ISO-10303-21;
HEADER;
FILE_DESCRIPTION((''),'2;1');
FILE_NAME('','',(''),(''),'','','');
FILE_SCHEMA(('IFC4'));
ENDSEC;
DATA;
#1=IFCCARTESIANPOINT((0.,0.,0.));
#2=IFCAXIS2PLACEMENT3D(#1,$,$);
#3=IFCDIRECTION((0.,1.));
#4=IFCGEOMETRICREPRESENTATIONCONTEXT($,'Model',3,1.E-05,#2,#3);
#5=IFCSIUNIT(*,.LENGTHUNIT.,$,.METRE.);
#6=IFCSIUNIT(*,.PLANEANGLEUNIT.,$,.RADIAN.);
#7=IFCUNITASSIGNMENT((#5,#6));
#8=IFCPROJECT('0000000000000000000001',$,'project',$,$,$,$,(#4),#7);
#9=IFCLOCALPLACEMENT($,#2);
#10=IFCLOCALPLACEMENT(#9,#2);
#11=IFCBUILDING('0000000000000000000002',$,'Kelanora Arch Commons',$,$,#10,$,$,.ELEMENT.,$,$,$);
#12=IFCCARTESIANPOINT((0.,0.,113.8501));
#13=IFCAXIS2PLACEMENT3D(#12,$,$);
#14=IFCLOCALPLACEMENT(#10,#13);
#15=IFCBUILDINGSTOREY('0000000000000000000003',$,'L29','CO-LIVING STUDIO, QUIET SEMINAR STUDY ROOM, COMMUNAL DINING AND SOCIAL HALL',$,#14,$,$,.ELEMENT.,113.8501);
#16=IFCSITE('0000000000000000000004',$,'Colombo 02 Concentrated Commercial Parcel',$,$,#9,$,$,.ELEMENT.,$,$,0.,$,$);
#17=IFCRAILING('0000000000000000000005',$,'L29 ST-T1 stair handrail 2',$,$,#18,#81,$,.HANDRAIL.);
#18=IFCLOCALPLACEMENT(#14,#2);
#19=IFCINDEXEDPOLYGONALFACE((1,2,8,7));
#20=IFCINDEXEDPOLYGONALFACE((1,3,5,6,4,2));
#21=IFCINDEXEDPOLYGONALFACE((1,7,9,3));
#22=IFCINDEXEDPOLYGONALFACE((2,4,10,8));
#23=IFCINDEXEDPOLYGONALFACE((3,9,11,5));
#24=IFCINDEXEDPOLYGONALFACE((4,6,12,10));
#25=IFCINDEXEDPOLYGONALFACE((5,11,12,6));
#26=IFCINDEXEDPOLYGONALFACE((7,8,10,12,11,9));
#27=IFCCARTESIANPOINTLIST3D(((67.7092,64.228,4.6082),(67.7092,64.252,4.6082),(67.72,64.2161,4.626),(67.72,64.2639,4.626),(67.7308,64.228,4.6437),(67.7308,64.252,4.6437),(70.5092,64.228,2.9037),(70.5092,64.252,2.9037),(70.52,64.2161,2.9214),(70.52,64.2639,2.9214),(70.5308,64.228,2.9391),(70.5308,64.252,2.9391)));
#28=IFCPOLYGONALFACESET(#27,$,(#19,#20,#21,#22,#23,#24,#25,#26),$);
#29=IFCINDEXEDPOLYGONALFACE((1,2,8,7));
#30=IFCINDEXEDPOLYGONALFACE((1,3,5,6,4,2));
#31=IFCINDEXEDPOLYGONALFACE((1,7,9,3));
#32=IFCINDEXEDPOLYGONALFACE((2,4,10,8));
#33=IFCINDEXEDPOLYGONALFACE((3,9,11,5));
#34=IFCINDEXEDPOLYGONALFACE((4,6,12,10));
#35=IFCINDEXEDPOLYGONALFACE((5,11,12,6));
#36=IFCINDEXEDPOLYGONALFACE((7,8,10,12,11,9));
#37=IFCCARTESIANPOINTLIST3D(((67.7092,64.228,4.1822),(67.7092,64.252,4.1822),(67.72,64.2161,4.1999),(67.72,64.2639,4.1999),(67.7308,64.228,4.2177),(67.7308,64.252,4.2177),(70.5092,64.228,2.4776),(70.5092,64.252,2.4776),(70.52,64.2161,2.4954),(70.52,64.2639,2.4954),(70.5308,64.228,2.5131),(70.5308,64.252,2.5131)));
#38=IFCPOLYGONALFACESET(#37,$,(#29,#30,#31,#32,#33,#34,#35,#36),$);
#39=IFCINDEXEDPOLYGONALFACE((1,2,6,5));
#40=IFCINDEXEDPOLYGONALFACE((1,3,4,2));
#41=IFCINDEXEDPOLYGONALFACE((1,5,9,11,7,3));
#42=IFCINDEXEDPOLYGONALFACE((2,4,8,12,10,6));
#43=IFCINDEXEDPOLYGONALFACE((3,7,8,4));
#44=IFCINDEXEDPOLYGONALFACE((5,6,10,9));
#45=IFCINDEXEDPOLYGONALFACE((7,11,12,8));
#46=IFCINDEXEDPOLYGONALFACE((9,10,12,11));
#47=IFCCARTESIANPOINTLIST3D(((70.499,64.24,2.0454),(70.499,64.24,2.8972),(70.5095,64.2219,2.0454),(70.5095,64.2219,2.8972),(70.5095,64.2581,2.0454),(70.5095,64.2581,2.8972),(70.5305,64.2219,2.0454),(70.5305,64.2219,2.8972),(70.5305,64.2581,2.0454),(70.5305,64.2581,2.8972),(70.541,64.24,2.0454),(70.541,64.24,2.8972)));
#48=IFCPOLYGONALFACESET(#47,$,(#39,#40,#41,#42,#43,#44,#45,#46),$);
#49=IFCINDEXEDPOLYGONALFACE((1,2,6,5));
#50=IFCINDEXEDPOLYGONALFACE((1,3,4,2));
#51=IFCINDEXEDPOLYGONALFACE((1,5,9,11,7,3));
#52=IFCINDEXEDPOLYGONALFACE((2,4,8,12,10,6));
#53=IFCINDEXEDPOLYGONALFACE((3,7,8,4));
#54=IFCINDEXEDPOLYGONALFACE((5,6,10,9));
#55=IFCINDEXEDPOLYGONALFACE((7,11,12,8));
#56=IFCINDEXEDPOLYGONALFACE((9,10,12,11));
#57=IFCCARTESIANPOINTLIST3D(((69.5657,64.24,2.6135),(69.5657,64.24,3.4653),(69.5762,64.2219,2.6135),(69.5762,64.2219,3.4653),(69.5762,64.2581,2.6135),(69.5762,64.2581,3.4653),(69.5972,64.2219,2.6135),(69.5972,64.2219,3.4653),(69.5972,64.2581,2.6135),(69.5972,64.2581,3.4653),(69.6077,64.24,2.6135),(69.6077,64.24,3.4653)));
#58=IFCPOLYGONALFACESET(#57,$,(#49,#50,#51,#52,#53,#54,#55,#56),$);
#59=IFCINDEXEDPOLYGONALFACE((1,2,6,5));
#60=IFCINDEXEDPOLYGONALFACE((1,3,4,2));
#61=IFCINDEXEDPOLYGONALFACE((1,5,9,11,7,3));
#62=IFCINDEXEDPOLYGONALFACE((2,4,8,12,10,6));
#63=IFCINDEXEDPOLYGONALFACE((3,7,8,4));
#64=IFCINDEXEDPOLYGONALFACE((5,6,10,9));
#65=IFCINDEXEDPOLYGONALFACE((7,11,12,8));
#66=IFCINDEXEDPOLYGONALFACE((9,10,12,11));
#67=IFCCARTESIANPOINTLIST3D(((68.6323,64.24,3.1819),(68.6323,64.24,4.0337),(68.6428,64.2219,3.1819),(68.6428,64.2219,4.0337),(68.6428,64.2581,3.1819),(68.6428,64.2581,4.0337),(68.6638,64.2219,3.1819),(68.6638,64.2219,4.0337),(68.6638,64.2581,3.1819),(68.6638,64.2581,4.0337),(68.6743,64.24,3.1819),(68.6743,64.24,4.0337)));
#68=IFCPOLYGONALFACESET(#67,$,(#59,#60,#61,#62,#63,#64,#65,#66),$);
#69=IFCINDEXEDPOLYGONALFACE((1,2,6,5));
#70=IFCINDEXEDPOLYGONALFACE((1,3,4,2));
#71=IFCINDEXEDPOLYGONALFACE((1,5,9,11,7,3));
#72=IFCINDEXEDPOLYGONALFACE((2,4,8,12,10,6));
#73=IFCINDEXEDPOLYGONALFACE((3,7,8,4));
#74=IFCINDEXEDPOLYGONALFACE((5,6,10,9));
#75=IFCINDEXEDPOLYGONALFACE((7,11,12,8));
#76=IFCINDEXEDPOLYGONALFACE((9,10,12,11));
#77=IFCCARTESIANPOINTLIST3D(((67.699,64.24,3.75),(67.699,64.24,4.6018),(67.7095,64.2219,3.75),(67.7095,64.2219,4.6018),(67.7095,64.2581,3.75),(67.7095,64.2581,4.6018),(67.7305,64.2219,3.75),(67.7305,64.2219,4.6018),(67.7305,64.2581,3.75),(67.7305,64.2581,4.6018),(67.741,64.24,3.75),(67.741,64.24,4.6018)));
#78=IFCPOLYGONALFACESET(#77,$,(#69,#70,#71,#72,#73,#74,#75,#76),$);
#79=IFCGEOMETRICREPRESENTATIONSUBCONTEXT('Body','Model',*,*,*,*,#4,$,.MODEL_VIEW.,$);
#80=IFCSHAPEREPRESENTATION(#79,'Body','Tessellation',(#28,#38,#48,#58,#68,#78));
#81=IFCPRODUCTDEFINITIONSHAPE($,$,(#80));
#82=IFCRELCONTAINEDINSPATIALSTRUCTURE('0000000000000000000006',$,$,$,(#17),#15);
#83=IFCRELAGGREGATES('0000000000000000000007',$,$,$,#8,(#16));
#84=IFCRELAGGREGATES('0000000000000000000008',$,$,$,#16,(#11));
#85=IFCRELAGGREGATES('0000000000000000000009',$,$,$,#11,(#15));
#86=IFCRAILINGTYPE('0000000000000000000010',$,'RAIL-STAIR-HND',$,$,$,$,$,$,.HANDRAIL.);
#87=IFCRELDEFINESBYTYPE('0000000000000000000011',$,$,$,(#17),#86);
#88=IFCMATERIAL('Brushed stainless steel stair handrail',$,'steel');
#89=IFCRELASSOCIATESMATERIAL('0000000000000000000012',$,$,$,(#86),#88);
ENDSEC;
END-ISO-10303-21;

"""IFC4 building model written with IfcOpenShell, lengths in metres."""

from ifc_helpers import new_model, si_unit, direction, frame, origin, place, context, subcontext, project, spatial, polyline, outline, extrude, material, type_object, element, save


model = new_model("IFC4")

# Units and contexts
model_context = context("Model", 3, precision=1e-05, world=origin(), true_north=direction((0.0, 1.0)))
body_context = subcontext(model_context, "Body", "Model", "MODEL_VIEW")
ifc_project = project(units=[si_unit("LENGTHUNIT", "METRE"), si_unit("PLANEANGLEUNIT", "RADIAN")], contexts=[model_context])

# Site, building, storey
site_placement = place(None, origin())
site = spatial("IfcSite", under=ifc_project, at=site_placement, Name="Colombo 02 Concentrated Commercial Parcel", CompositionType="ELEMENT", RefElevation=0.0)
building_placement = place(site_placement, origin())
building = spatial("IfcBuilding", under=site, at=building_placement, Name="Kelanora Arch Commons", CompositionType="ELEMENT")
storey_placement = place(building_placement, frame((0.0, 0.0, 113.8501)))
storey = spatial("IfcBuildingStorey", under=building, at=storey_placement, Name="L29", Description="CO-LIVING STUDIO, QUIET SEMINAR STUDY ROOM, COMMUNAL DINING AND SOCIAL HALL", CompositionType="ELEMENT", Elevation=113.8501)

# Railing
ifc_material_1 = material(Name="Brushed stainless steel stair handrail", Category="steel")
railing_type_1 = type_object("IfcRailingType", Name="RAIL-STAIR-HND", PredefinedType="HANDRAIL", material=ifc_material_1)
railing_1_placement = place(storey_placement, frame((70.52, 64.24, 2.0454)))
element("IfcRailing", 1, at=railing_1_placement, inside=storey, type_object=railing_type_1, Name="L29 ST-T1 stair handrail 2", PredefinedType="HANDRAIL", context=body_context, shape_type="SweptSolid", body=[
    extrude(outline(polyline([(0.0239, 0.0), (0.012, 0.0208), (-0.012, 0.0208), (-0.0239, 0.0), (-0.012, -0.0208), (0.012, -0.0208), (0.0239, 0.0)])), frame((0.0, 0.0, 0.876), z_axis=(-0.85417, 0.0, 0.519994), x_axis=(0.0, -1.0, 0.0)), (0.0, 0.0, 1.0), 3.2781),
    extrude(outline(polyline([(0.0239, 0.0), (0.012, 0.0208), (-0.012, 0.0208), (-0.0239, 0.0), (-0.012, -0.0208), (0.012, -0.0208), (0.0239, 0.0)])), frame((0.0, 0.0, 0.45), z_axis=(-0.85417, 0.0, 0.519994), x_axis=(0.0, -1.0, 0.0)), (0.0, 0.0, 1.0), 3.2781),
    extrude(outline(polyline([(0.021, 0.0), (0.0105, 0.0181), (-0.0105, 0.0181), (-0.021, 0.0), (-0.0105, -0.0181), (0.0105, -0.0181), (0.021, 0.0)])), origin(), (0.0, 0.0, 1.0), 0.8518),
    extrude(outline(polyline([(0.021, 0.0), (0.0105, 0.0181), (-0.0105, 0.0181), (-0.021, 0.0), (-0.0105, -0.0181), (0.0105, -0.0181), (0.021, 0.0)])), frame((-0.9333, 0.0, 0.5681)), (0.0, 0.0, 1.0), 0.8518),
    extrude(outline(polyline([(0.021, 0.0), (0.0105, 0.0181), (-0.0105, 0.0181), (-0.021, 0.0), (-0.0105, -0.0181), (0.0105, -0.0181), (0.021, 0.0)])), frame((-1.8667, 0.0, 1.1365)), (0.0, 0.0, 1.0), 0.8518),
    extrude(outline(polyline([(0.021, 0.0), (0.0105, 0.0181), (-0.0105, 0.0181), (-0.021, 0.0), (-0.0105, -0.0181), (0.0105, -0.0181), (0.021, 0.0)])), frame((-2.8, 0.0, 1.7046)), (0.0, 0.0, 1.0), 0.8518),
])

save(model, "model.ifc")
